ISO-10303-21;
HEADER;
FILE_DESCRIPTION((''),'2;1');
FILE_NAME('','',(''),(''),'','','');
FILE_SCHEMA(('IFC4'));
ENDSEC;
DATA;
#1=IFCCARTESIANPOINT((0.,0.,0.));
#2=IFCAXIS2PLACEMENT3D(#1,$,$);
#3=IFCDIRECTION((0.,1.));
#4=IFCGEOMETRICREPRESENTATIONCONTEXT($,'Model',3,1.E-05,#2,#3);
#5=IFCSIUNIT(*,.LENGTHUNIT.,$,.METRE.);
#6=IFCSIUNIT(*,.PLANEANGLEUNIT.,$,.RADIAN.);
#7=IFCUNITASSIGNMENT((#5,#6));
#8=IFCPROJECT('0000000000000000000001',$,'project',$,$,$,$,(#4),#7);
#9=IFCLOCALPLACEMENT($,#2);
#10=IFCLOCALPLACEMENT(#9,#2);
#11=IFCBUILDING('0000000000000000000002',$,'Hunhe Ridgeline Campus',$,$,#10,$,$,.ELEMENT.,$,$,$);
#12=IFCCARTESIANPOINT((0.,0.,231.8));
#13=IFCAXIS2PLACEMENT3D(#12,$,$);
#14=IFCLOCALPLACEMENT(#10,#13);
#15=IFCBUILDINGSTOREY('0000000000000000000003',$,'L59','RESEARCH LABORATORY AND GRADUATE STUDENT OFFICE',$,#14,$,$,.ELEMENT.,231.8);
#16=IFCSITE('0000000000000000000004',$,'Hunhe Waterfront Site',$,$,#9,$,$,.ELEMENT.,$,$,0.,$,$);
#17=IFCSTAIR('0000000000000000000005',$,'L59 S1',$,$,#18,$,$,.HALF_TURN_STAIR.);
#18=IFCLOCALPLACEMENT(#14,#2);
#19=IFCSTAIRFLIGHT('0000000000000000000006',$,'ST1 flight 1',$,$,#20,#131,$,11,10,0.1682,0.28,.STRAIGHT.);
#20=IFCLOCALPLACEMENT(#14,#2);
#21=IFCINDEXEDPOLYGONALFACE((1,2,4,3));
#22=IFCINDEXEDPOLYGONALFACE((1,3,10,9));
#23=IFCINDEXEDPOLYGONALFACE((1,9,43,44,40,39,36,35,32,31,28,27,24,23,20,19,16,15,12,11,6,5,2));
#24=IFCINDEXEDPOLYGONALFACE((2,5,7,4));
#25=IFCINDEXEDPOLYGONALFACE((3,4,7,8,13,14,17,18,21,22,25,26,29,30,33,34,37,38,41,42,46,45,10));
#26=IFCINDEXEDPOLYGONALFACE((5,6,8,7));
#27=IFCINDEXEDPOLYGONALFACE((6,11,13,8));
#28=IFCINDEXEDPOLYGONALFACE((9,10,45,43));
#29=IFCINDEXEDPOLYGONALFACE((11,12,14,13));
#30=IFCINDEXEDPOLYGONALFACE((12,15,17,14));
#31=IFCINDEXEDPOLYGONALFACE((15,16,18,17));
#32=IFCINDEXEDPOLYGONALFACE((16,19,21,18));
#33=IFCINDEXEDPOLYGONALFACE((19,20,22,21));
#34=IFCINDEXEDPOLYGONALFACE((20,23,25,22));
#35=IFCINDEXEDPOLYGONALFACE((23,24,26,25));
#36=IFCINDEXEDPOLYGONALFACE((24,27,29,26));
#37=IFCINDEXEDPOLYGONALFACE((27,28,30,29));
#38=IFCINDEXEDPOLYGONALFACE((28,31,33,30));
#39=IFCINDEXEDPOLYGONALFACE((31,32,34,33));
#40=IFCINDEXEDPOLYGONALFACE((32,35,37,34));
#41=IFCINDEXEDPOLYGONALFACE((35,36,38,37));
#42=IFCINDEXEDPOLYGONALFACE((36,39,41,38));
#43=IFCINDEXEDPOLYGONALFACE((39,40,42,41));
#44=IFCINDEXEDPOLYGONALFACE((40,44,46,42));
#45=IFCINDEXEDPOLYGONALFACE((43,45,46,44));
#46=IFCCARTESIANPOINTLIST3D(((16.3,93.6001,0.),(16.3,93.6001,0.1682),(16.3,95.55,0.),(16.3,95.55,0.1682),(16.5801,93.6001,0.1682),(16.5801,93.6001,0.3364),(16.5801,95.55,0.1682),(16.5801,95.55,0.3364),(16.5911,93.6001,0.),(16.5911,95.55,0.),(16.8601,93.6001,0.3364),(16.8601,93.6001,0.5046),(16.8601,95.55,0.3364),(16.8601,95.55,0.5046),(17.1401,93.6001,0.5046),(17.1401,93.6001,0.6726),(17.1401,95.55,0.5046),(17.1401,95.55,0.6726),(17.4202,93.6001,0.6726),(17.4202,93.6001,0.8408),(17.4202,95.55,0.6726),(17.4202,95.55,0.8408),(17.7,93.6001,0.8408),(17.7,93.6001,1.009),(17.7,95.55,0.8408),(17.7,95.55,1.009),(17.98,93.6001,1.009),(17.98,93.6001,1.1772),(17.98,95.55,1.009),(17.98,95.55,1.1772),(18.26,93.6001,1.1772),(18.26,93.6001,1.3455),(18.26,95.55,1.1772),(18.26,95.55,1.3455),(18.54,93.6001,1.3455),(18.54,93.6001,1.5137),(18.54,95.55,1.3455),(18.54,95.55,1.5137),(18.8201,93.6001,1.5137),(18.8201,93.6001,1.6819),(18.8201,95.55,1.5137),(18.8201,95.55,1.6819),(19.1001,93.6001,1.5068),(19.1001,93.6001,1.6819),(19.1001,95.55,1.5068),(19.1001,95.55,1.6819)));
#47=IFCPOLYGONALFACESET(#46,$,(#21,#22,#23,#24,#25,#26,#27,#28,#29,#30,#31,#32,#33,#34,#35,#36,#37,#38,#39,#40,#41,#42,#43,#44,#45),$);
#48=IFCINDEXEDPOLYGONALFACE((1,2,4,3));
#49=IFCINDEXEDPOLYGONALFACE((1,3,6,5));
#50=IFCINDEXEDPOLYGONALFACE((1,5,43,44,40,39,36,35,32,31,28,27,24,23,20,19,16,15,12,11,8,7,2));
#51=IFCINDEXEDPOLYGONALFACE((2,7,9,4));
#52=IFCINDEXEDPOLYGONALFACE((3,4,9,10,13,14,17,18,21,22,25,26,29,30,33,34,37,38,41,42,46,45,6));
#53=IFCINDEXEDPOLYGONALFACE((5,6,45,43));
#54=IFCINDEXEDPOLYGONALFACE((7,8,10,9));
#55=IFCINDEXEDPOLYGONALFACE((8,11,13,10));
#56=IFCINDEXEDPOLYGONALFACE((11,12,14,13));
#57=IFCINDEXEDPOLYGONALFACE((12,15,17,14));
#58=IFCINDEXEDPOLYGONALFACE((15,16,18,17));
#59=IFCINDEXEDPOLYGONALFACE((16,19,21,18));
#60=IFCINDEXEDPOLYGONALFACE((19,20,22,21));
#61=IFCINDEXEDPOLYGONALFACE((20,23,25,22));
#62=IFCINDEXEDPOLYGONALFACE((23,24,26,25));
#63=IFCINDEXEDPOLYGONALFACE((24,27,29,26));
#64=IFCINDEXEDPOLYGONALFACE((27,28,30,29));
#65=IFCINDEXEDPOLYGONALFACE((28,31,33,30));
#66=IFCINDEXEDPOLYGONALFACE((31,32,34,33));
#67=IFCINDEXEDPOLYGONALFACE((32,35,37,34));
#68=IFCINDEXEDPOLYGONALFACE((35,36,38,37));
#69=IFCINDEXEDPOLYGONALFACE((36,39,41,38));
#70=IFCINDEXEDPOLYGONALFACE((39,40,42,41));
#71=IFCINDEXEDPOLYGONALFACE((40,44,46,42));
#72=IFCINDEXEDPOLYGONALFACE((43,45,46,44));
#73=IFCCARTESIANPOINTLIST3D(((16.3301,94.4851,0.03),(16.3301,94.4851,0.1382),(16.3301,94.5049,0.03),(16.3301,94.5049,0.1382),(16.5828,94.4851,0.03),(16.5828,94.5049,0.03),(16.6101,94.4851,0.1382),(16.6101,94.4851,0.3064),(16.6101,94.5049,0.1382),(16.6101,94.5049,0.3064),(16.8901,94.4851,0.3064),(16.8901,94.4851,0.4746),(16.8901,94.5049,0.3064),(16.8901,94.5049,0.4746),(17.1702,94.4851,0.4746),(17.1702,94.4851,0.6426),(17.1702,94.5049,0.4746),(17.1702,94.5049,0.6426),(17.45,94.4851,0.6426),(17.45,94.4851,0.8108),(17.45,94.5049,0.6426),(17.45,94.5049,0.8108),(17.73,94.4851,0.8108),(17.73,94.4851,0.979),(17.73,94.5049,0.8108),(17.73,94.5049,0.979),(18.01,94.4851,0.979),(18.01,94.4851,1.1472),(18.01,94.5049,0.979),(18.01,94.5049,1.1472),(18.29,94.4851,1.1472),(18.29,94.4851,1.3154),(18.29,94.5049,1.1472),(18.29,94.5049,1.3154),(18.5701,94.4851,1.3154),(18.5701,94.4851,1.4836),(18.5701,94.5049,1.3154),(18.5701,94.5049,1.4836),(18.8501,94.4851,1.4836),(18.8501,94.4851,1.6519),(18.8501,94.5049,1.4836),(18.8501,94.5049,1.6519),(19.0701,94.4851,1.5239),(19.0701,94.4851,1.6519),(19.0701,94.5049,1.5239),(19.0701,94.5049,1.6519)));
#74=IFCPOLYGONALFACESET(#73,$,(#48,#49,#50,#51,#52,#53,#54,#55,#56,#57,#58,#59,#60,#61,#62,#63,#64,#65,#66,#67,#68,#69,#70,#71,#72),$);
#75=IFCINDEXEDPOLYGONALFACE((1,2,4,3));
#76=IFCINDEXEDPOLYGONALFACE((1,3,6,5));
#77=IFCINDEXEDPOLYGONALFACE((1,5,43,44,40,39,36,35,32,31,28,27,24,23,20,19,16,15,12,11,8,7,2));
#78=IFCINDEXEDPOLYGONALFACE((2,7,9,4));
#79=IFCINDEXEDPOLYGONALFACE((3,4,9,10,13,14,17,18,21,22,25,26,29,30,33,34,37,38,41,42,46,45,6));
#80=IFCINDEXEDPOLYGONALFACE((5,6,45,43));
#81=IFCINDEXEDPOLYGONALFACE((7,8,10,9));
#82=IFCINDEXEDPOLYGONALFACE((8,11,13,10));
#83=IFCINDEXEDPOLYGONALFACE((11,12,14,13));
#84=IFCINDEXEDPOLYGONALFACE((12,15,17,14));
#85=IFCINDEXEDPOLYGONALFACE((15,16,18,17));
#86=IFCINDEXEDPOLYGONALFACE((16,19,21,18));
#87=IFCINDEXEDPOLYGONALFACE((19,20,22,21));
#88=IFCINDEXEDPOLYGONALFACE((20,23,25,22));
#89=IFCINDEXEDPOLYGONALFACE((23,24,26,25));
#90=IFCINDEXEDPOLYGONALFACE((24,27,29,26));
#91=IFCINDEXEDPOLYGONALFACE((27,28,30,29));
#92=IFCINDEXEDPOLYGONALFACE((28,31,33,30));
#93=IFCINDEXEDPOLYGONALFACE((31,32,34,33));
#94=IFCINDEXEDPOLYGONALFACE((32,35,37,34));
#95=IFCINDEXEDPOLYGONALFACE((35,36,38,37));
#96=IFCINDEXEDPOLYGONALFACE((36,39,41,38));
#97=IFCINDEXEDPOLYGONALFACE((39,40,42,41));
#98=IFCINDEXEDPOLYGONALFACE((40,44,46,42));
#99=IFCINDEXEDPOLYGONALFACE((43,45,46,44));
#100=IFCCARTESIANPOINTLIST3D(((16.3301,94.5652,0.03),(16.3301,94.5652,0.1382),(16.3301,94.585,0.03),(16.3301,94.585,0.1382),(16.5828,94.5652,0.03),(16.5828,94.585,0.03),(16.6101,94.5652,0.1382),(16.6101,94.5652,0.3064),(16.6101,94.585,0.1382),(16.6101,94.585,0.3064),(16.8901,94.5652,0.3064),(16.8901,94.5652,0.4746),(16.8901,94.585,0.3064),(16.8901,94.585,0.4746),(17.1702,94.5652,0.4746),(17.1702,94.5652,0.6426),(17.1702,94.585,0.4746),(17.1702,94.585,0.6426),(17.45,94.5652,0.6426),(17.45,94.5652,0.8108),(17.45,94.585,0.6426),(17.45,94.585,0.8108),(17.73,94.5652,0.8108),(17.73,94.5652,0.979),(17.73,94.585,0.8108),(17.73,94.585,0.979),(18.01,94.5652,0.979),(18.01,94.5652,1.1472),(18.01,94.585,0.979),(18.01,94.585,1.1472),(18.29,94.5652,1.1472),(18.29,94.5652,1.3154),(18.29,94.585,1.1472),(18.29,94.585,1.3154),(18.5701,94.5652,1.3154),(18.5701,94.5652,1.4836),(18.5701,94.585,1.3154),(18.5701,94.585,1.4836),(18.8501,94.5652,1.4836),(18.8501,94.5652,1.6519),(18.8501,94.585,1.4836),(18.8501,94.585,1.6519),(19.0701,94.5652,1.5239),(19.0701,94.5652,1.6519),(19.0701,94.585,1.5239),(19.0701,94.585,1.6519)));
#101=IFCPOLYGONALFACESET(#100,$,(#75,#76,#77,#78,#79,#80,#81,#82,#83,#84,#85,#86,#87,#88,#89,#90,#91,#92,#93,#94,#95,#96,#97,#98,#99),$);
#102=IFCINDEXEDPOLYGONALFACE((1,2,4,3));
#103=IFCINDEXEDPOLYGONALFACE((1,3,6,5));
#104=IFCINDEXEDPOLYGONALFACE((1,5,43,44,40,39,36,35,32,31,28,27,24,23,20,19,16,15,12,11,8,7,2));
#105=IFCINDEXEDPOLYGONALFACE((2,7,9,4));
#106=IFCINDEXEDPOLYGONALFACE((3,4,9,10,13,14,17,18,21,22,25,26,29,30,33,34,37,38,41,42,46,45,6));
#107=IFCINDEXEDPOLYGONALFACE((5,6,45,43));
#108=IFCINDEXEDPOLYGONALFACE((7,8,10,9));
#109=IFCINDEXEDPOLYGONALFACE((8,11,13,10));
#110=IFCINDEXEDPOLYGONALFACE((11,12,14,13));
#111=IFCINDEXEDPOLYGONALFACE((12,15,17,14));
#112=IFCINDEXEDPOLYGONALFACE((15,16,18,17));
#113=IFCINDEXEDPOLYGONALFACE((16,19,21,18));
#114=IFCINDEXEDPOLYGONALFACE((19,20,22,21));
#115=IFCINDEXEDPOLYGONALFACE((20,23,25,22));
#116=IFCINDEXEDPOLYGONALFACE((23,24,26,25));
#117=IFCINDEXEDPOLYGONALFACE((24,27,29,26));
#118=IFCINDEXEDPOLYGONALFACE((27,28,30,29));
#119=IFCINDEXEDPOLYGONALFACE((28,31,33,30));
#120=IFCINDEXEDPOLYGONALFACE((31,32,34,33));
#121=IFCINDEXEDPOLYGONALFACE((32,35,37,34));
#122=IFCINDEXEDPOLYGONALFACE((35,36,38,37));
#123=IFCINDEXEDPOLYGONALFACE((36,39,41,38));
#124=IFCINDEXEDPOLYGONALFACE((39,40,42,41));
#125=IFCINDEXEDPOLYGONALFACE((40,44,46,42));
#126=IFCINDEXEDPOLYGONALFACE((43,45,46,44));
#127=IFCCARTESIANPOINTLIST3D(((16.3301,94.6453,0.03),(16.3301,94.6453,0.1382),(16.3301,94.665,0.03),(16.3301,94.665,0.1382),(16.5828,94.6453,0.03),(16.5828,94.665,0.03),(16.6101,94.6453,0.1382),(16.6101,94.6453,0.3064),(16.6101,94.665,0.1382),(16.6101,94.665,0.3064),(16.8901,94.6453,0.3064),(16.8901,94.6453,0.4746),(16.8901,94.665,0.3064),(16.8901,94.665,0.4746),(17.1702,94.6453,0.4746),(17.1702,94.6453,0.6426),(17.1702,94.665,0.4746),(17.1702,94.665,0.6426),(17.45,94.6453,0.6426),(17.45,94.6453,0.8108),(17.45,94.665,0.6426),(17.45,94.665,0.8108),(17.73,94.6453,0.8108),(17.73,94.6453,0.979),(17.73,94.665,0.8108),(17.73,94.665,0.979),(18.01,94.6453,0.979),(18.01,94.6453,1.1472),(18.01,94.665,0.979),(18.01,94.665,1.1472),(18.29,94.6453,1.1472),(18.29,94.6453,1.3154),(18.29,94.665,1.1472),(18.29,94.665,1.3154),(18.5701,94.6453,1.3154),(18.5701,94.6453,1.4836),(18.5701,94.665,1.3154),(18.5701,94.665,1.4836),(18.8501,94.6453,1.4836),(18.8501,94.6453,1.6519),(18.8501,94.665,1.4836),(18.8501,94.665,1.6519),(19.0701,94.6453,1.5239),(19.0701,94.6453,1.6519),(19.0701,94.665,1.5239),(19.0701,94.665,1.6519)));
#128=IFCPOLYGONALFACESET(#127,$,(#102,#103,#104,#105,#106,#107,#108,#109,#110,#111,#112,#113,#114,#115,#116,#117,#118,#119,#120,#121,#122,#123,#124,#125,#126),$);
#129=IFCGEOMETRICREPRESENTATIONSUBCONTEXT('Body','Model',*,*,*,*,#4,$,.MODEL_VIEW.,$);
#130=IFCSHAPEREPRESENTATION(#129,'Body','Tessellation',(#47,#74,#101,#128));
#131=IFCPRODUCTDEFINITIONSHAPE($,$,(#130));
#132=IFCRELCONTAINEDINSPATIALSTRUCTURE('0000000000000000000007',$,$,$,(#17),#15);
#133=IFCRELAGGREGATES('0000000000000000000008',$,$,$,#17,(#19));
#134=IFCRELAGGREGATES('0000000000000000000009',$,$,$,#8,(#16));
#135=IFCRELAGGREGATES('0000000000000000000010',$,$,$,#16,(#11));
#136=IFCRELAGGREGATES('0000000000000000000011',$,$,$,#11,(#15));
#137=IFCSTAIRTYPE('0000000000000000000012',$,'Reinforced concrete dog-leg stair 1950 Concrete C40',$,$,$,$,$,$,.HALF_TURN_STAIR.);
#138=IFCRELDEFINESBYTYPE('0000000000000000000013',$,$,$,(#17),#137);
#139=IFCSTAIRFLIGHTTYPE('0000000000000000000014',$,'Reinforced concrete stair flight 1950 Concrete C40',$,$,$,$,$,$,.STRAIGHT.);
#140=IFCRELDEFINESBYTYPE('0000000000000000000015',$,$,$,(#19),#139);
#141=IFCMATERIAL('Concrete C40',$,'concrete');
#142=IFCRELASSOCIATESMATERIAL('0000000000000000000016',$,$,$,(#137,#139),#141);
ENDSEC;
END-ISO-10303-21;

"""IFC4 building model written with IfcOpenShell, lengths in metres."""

from ifc_helpers import new_model, si_unit, direction, frame, origin, place, context, subcontext, project, spatial, polyline, outline, extrude, material, type_object, element, aggregate, save


model = new_model("IFC4")

# Units and contexts
model_context = context("Model", 3, precision=1e-05, world=origin(), true_north=direction((0.0, 1.0)))
body_context = subcontext(model_context, "Body", "Model", "MODEL_VIEW")
ifc_project = project(units=[si_unit("LENGTHUNIT", "METRE"), si_unit("PLANEANGLEUNIT", "RADIAN")], contexts=[model_context])

# Site, building, storey
site_placement = place(None, origin())
site = spatial("IfcSite", under=ifc_project, at=site_placement, Name="Hunhe Waterfront Site", CompositionType="ELEMENT", RefElevation=0.0)
building_placement = place(site_placement, origin())
building = spatial("IfcBuilding", under=site, at=building_placement, Name="Hunhe Ridgeline Campus", CompositionType="ELEMENT")
storey_placement = place(building_placement, frame((0.0, 0.0, 231.8)))
storey = spatial("IfcBuildingStorey", under=building, at=storey_placement, Name="L59", Description="RESEARCH LABORATORY AND GRADUATE STUDENT OFFICE", CompositionType="ELEMENT", Elevation=231.8)

# Stair, stair flight
ifc_material_1 = material(Name="Concrete C40", Category="concrete")
stair_type = type_object("IfcStairType", Name="Reinforced concrete dog-leg stair 1950 Concrete C40", PredefinedType="HALF_TURN_STAIR", material=ifc_material_1)
stair_placement = place(storey_placement, origin())
stair = element("IfcStair", 1, at=stair_placement, inside=storey, type_object=stair_type, Name="L59 S1", PredefinedType="HALF_TURN_STAIR")
stair_flight_type = type_object("IfcStairFlightType", Name="Reinforced concrete stair flight 1950 Concrete C40", PredefinedType="STRAIGHT", material=ifc_material_1)
stair_flight_1_placement = place(storey_placement, frame((16.3, 94.575, 0.0), z_axis=(0.0, 0.0, 1.0), x_axis=(1.0, 0.0, 0.0)))
stair_flight_1 = element("IfcStairFlight", 2, at=stair_flight_1_placement, type_object=stair_flight_type, Name="ST1 flight 1", NumberOfRisers=11, NumberOfTreads=10, PredefinedType="STRAIGHT", RiserHeight=0.1682, TreadLength=0.28, context=body_context, shape_type="SweptSolid", body=[
    extrude(outline(polyline([(0.0, 0.0), (0.0, 0.1682), (0.28, 0.1682), (0.28, 0.3364), (0.5601, 0.3364), (0.5601, 0.5046), (0.8401, 0.5046), (0.8401, 0.6726), (1.1201, 0.6726), (1.1201, 0.8408), (1.3999, 0.8408), (1.3999, 1.009), (1.6799, 1.009), (1.6799, 1.1772), (1.96, 1.1772), (1.96, 1.3455), (2.24, 1.3455), (2.24, 1.5137), (2.52, 1.5137), (2.52, 1.6819), (2.8, 1.6819), (2.8, 1.8501), (2.8, 1.5068), (0.291, 0.0), (0.0, 0.0)])), frame((0.0, 0.9751, 0.0), z_axis=(0.0, -1.0, 0.0), x_axis=(1.0, 0.0, 0.0)), (0.0, 0.0, 1.0), 1.95),
    extrude(outline(polyline([(0.03, 0.03), (0.03, 0.1382), (0.3101, 0.1382), (0.3101, 0.3064), (0.5901, 0.3064), (0.5901, 0.4746), (0.8701, 0.4746), (0.8701, 0.6426), (1.1499, 0.6426), (1.1499, 0.8108), (1.4299, 0.8108), (1.4299, 0.979), (1.71, 0.979), (1.71, 1.1472), (1.99, 1.1472), (1.99, 1.3154), (2.27, 1.3154), (2.27, 1.4836), (2.55, 1.4836), (2.55, 1.6519), (2.77, 1.6519), (2.77, 1.5239), (0.2827, 0.03), (0.03, 0.03)])), frame((0.0, -0.0701, 0.0), z_axis=(0.0, -1.0, 0.0), x_axis=(1.0, 0.0, 0.0)), (0.0, 0.0, 1.0), 0.0198),
    extrude(outline(polyline([(0.03, 0.03), (0.03, 0.1382), (0.3101, 0.1382), (0.3101, 0.3064), (0.5901, 0.3064), (0.5901, 0.4746), (0.8701, 0.4746), (0.8701, 0.6426), (1.1499, 0.6426), (1.1499, 0.8108), (1.4299, 0.8108), (1.4299, 0.979), (1.71, 0.979), (1.71, 1.1472), (1.99, 1.1472), (1.99, 1.3154), (2.27, 1.3154), (2.27, 1.4836), (2.55, 1.4836), (2.55, 1.6519), (2.77, 1.6519), (2.77, 1.5239), (0.2827, 0.03), (0.03, 0.03)])), frame((0.0, 0.01, 0.0), z_axis=(0.0, -1.0, 0.0), x_axis=(1.0, 0.0, 0.0)), (0.0, 0.0, 1.0), 0.0198),
    extrude(outline(polyline([(0.03, 0.03), (0.03, 0.1382), (0.3101, 0.1382), (0.3101, 0.3064), (0.5901, 0.3064), (0.5901, 0.4746), (0.8701, 0.4746), (0.8701, 0.6426), (1.1499, 0.6426), (1.1499, 0.8108), (1.4299, 0.8108), (1.4299, 0.979), (1.71, 0.979), (1.71, 1.1472), (1.99, 1.1472), (1.99, 1.3154), (2.27, 1.3154), (2.27, 1.4836), (2.55, 1.4836), (2.55, 1.6519), (2.77, 1.6519), (2.77, 1.5239), (0.2827, 0.03), (0.03, 0.03)])), frame((0.0, 0.0901, 0.0), z_axis=(0.0, -1.0, 0.0), x_axis=(1.0, 0.0, 0.0)), (0.0, 0.0, 1.0), 0.0198),
])
aggregate(stair, [stair_flight_1])

save(model, "model.ifc")
